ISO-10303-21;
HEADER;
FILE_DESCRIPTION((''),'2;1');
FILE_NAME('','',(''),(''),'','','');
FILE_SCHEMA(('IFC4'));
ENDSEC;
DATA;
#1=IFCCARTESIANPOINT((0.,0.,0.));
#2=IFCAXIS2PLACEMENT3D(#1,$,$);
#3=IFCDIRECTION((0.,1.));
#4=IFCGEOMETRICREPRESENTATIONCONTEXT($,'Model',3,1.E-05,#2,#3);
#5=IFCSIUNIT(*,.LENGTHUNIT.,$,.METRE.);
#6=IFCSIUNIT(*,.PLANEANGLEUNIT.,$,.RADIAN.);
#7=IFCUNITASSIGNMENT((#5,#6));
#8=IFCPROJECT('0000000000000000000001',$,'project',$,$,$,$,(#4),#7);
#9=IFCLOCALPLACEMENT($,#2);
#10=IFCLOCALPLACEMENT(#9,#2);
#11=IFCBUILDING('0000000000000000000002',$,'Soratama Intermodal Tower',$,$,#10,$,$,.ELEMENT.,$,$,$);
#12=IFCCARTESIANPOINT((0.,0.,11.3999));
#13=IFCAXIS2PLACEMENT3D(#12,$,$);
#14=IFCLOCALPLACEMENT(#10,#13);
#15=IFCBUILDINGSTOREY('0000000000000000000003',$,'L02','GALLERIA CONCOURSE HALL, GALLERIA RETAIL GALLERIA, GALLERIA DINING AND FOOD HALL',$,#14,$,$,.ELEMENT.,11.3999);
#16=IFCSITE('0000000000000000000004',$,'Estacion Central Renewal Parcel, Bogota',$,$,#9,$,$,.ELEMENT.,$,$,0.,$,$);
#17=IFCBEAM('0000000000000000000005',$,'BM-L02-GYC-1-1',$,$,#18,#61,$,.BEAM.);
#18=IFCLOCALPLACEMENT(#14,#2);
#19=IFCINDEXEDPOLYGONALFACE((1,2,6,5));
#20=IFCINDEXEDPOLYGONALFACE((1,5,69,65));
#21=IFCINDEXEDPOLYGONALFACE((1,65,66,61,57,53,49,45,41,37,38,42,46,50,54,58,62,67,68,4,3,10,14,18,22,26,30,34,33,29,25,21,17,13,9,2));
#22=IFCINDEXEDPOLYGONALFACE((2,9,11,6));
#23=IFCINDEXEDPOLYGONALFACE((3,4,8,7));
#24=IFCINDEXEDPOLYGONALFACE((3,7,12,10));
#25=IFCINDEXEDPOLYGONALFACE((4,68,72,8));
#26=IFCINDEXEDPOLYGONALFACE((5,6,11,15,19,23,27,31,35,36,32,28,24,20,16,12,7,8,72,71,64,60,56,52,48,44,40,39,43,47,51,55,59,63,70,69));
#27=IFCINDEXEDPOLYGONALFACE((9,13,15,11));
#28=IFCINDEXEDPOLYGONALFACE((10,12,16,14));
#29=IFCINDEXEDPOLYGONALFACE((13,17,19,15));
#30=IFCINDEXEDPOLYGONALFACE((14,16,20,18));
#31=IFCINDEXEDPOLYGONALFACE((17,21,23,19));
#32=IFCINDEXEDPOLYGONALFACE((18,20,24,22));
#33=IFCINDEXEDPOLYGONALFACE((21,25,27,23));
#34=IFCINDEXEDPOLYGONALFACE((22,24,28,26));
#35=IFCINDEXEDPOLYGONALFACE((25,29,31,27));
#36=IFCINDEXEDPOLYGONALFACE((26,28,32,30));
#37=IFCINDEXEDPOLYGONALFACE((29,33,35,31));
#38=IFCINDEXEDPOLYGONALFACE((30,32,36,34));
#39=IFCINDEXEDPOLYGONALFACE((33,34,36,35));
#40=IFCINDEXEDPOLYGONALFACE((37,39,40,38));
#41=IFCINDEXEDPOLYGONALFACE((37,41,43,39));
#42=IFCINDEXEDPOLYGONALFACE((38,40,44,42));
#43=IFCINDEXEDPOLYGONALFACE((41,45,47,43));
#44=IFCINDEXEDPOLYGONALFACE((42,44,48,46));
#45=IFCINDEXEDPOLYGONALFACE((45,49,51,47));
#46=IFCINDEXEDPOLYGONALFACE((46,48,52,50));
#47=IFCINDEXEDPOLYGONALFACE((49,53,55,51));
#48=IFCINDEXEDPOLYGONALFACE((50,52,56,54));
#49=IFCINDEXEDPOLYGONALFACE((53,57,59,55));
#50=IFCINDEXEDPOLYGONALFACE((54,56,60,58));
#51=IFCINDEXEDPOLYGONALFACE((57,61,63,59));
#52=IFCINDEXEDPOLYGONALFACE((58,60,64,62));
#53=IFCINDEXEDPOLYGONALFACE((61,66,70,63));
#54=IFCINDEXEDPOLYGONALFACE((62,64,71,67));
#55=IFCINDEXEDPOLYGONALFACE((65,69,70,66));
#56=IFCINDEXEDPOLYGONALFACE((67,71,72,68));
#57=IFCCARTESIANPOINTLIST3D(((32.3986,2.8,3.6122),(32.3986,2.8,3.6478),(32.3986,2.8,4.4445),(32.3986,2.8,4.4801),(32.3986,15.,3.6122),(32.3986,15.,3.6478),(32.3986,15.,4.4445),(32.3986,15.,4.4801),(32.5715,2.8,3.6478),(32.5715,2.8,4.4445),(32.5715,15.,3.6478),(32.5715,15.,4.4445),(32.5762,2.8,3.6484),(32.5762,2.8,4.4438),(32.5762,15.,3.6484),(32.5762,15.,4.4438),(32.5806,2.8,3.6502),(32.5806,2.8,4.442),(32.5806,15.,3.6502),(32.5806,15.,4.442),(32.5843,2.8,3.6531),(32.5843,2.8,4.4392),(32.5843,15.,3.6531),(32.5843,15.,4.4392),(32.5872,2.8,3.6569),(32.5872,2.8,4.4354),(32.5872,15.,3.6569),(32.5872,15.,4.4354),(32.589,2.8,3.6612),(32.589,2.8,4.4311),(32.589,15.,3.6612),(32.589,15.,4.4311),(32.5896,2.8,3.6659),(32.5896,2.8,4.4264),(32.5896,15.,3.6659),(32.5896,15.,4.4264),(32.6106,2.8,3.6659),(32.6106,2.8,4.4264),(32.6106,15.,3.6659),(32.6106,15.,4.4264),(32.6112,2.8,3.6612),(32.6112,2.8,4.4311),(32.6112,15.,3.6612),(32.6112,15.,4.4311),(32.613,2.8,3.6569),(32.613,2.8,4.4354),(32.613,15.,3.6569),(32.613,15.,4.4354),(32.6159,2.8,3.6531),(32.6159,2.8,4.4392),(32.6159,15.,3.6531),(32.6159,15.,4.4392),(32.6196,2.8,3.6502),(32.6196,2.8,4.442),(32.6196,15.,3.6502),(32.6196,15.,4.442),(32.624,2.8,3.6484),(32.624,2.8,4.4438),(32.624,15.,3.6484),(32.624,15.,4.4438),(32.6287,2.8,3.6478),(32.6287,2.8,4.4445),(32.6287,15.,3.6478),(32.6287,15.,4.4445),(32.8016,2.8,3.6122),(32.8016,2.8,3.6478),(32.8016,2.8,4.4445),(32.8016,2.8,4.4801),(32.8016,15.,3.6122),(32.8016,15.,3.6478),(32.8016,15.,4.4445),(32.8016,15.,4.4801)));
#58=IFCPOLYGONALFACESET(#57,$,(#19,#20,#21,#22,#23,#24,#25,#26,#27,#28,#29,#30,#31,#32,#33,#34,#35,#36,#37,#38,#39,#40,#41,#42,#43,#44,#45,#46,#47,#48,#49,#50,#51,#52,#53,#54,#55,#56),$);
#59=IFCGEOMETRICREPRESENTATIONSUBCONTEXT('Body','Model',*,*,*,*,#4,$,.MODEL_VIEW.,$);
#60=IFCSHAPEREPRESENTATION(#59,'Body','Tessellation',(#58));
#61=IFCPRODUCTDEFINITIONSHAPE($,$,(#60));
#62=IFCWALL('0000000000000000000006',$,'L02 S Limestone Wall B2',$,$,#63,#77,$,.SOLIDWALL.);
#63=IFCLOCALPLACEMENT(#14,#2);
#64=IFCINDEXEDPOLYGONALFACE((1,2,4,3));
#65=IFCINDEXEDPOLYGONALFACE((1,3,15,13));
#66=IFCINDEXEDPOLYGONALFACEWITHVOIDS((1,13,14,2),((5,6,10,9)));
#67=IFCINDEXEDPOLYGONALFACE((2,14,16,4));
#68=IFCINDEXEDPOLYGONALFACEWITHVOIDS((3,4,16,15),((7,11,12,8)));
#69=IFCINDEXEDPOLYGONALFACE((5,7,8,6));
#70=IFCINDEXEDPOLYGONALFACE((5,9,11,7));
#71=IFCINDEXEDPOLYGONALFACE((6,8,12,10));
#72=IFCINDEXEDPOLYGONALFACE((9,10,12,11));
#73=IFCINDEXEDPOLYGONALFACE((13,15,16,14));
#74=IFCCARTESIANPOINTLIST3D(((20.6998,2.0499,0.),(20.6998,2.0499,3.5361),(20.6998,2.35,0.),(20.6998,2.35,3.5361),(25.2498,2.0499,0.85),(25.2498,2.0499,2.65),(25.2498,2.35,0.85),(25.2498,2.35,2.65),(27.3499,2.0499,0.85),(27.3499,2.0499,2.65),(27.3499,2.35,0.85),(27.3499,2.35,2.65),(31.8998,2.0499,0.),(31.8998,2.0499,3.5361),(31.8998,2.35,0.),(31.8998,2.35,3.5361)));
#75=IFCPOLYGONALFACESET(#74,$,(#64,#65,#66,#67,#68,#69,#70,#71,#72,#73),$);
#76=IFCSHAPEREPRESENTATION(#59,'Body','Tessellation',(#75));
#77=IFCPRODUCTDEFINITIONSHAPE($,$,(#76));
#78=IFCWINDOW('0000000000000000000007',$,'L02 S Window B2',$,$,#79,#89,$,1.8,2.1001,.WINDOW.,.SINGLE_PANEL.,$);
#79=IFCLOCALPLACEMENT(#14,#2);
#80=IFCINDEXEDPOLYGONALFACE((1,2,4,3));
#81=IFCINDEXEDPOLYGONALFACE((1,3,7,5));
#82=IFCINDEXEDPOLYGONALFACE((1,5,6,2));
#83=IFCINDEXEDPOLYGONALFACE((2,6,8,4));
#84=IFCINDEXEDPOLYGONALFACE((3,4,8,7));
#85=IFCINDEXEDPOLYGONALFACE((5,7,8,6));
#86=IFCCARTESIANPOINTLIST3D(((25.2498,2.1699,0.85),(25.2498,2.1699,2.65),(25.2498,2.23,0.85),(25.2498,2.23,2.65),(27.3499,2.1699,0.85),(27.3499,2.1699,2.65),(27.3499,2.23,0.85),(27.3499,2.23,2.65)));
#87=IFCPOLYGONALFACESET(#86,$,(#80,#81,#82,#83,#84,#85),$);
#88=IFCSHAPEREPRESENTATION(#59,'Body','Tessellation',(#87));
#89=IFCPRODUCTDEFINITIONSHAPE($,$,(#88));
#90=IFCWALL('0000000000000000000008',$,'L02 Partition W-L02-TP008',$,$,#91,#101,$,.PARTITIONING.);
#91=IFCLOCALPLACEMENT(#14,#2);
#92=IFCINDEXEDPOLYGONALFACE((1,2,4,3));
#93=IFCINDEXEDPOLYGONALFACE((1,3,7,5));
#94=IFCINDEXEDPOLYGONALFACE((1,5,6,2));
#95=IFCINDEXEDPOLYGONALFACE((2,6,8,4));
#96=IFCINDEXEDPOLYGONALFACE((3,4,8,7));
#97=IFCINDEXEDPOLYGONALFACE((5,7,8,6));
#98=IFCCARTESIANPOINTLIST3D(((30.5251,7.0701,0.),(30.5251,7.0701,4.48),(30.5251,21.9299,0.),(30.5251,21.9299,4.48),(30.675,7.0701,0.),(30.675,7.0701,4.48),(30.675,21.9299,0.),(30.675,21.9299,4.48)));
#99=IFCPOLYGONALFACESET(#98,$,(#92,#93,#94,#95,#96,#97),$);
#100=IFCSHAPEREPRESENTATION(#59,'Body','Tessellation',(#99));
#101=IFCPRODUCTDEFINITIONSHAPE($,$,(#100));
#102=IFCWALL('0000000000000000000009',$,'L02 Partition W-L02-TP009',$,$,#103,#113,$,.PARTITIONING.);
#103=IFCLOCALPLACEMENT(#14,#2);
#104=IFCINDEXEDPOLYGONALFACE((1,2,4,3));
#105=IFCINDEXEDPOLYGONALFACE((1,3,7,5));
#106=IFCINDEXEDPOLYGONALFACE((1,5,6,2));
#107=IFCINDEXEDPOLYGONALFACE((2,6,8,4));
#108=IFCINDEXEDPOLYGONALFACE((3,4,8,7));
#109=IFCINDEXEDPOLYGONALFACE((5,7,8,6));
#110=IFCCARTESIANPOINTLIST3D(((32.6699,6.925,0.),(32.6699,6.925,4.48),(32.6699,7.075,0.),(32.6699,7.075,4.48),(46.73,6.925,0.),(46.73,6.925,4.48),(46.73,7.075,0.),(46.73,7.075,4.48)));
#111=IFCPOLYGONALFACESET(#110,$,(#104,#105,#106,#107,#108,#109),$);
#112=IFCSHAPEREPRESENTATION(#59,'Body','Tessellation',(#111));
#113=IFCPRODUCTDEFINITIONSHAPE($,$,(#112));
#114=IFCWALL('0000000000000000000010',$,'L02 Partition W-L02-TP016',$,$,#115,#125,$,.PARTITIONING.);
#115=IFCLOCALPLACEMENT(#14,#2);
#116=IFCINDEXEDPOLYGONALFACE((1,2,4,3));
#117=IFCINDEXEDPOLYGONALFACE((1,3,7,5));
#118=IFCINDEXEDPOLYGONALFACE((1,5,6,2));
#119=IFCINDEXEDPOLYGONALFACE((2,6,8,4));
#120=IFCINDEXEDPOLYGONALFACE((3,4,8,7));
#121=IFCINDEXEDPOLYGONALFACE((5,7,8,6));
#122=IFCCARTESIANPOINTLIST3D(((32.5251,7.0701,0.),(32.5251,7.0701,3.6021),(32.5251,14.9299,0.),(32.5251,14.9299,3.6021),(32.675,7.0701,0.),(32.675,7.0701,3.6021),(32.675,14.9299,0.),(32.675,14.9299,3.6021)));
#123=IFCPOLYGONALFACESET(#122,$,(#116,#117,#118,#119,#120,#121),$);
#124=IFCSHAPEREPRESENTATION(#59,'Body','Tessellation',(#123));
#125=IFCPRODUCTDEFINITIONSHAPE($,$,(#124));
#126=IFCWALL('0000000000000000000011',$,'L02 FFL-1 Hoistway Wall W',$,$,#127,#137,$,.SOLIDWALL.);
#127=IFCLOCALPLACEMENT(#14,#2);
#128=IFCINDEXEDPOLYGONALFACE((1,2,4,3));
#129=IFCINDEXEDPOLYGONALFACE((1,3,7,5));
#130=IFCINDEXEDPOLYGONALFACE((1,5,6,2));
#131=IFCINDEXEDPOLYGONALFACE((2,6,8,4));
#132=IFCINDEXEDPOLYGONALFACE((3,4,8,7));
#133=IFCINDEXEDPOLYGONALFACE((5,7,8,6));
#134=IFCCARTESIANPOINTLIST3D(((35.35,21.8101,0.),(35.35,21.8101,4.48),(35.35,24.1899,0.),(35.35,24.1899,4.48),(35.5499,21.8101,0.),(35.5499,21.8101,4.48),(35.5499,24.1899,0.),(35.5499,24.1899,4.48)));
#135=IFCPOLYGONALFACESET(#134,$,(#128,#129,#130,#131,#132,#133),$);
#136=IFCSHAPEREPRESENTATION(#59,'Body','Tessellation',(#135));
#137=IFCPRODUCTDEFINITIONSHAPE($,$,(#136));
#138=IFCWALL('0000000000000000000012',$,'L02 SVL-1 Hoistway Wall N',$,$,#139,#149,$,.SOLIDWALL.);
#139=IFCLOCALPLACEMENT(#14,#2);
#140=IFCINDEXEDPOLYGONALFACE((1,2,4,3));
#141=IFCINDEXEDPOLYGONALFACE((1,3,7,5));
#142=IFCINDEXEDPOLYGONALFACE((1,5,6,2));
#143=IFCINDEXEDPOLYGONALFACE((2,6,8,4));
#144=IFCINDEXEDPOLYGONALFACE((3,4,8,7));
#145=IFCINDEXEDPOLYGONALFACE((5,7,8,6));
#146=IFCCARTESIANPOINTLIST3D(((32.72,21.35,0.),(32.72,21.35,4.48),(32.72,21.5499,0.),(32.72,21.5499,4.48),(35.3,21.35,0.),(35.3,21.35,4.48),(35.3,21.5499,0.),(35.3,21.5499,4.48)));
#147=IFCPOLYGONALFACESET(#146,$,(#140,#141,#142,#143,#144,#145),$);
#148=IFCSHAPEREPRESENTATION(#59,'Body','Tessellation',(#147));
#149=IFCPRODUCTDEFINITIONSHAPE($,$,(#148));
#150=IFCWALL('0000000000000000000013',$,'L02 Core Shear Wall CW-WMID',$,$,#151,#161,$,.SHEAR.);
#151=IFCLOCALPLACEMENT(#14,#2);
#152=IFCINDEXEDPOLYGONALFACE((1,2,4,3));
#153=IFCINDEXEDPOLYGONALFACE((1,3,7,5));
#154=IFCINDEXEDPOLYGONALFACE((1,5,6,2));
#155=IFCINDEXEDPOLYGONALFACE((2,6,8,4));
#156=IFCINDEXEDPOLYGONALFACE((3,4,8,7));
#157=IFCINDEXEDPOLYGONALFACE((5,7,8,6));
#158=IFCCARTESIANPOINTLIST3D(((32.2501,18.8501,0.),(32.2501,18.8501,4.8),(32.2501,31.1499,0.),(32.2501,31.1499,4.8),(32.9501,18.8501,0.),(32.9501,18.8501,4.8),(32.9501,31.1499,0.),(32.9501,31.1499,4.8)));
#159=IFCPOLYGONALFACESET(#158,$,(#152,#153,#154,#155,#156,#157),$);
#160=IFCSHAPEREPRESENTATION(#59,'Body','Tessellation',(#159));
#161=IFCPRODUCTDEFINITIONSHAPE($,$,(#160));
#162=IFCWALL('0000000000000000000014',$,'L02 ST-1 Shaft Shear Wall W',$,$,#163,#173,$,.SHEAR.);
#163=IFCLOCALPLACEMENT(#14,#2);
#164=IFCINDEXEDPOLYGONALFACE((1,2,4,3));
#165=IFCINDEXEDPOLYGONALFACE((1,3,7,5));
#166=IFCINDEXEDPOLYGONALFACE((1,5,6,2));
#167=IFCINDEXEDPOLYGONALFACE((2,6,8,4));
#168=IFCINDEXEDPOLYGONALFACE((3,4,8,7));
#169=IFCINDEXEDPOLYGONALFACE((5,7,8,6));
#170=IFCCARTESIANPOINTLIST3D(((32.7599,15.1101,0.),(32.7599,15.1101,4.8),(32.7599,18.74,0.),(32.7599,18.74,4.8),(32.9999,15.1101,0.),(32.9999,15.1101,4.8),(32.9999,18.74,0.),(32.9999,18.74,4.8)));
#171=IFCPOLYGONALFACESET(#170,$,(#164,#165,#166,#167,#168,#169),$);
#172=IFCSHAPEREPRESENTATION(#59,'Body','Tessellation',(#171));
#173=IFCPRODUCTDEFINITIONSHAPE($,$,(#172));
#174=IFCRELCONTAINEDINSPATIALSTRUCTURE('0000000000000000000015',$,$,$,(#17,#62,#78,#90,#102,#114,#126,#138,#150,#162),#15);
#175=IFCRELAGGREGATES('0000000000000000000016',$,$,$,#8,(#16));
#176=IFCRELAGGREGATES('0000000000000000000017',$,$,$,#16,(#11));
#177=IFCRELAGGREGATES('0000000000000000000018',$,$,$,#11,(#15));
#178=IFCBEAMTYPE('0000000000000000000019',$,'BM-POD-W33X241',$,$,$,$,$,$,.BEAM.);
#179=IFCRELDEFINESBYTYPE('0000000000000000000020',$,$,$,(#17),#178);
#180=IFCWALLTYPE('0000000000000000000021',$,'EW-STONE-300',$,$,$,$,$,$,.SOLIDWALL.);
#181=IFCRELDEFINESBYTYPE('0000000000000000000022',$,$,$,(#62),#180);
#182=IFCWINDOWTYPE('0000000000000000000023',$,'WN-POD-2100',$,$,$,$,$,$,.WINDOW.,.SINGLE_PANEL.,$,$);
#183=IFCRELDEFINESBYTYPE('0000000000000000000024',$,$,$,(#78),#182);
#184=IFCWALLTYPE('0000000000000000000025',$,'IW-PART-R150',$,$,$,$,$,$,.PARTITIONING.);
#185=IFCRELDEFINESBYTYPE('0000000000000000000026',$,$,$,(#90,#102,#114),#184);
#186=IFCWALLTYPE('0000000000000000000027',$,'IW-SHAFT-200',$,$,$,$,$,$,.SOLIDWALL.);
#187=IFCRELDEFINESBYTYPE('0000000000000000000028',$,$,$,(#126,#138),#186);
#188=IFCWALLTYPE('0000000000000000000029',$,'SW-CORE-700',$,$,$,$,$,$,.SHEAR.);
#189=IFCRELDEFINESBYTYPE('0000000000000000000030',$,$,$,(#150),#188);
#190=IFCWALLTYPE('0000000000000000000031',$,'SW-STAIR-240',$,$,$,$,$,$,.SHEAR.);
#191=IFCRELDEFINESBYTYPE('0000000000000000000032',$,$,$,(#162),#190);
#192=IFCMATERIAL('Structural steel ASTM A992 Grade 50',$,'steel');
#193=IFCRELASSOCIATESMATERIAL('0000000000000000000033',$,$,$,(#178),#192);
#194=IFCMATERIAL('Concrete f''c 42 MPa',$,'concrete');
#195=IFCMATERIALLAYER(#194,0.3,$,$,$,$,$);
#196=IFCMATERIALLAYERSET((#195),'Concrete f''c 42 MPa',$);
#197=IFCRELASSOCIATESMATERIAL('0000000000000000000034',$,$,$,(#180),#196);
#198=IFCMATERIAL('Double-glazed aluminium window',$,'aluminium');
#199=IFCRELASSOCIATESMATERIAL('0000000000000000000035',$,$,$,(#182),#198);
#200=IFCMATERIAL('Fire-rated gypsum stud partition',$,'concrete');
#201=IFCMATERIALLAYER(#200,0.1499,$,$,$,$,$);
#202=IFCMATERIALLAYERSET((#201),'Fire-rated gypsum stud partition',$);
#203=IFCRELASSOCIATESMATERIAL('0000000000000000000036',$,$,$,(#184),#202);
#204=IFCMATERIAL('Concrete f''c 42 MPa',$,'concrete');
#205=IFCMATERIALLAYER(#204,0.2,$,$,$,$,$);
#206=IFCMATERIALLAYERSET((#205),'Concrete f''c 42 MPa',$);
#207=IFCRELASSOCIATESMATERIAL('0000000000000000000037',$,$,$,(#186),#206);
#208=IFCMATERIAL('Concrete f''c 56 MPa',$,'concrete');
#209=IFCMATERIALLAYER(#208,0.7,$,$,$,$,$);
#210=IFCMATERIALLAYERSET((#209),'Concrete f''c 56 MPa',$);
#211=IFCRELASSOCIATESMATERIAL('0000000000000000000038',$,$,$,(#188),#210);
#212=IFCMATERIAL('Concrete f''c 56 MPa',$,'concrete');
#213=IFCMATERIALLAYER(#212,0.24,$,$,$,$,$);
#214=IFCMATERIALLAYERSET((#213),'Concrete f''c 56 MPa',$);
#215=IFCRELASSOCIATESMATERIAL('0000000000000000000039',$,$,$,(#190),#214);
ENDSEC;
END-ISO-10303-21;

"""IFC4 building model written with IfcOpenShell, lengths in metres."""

from ifc_helpers import new_model, si_unit, direction, frame, frame_2d, origin, origin_2d, place, context, subcontext, project, spatial, rectangle, i_section, extrude, material, layer, layer_set, material_profile, profile_set, type_object, element, fill, save


model = new_model("IFC4")

# Units and contexts
model_context = context("Model", 3, precision=1e-05, world=origin(), true_north=direction((0.0, 1.0)))
body_context = subcontext(model_context, "Body", "Model", "MODEL_VIEW")
ifc_project = project(units=[si_unit("LENGTHUNIT", "METRE"), si_unit("PLANEANGLEUNIT", "RADIAN")], contexts=[model_context])

# Site, building, storey
site_placement = place(None, origin())
site = spatial("IfcSite", under=ifc_project, at=site_placement, Name="Estacion Central Renewal Parcel, Bogota", CompositionType="ELEMENT", RefElevation=0.0)
building_placement = place(site_placement, origin())
building = spatial("IfcBuilding", under=site, at=building_placement, Name="Soratama Intermodal Tower", CompositionType="ELEMENT")
storey_placement = place(building_placement, frame((0.0, 0.0, 11.3999)))
storey = spatial("IfcBuildingStorey", under=building, at=storey_placement, Name="L02", Description="GALLERIA CONCOURSE HALL, GALLERIA RETAIL GALLERIA, GALLERIA DINING AND FOOD HALL", CompositionType="ELEMENT", Elevation=11.3999)

# Beam
ifc_material_1 = material(Name="Structural steel ASTM A992 Grade 50", Category="steel")
ifc_material_profile_1 = material_profile(ifc_material_1, i_section(OverallWidth=0.4031, OverallDepth=0.8679, WebThickness=0.021, FlangeThickness=0.0356, FilletRadius=0.0181, at=origin_2d()), Name="W33X241")
ifc_profile_set_1 = profile_set([ifc_material_profile_1], Name="Structural steel ASTM A992 Grade 50")
beam_type_1 = type_object("IfcBeamType", Name="BM-POD-W33X241", PredefinedType="BEAM", material=ifc_profile_set_1)
beam_1_placement = place(storey_placement, frame((32.6001, 2.8, 4.0461), z_axis=(0.0, 1.0, 0.0), x_axis=(-1.0, 0.0, 0.0)))
element("IfcBeam", 1, at=beam_1_placement, inside=storey, type_object=beam_type_1, Name="BM-L02-GYC-1-1", PredefinedType="BEAM", context=body_context, shape_type="SweptSolid", body=[
    extrude(i_section(OverallWidth=0.4031, OverallDepth=0.8679, WebThickness=0.021, FlangeThickness=0.0356, FilletRadius=0.0181, at=origin_2d()), origin(), (0.0, 0.0, 1.0), 12.2),
])

# Wall, opening, window
ifc_material_2 = material(Name="Concrete f'c 42 MPa", Category="concrete")
ifc_layer_1 = layer(ifc_material_2, 0.3)
ifc_layer_set_1 = layer_set([ifc_layer_1], Name="Concrete f'c 42 MPa")
wall_type_1 = type_object("IfcWallType", Name="EW-STONE-300", PredefinedType="SOLIDWALL", material=ifc_layer_set_1)
wall_1_placement = place(storey_placement, frame((31.8999, 2.2, 0.0), z_axis=(0.0, 0.0, 1.0), x_axis=(-1.0, 0.0, 0.0)))
wall_1 = element("IfcWall", 2, at=wall_1_placement, inside=storey, type_object=wall_type_1, Name="L02 S Limestone Wall B2", PredefinedType="SOLIDWALL", context=body_context, shape_type="SweptSolid", body=[
    extrude(rectangle(XDim=11.2, YDim=0.3, at=frame_2d((5.6001, 0.0))), origin(), (0.0, 0.0, 1.0), 3.5361),
])
opening_1_placement = place(wall_1_placement, frame((4.55, 0.0, 0.8501)))
opening_1 = element("IfcOpeningElement", 3, at=opening_1_placement, cuts=wall_1, PredefinedType="OPENING", context=body_context, shape_type="SweptSolid", body=[
    extrude(rectangle(XDim=2.1001, YDim=1.8, at=frame_2d((1.05, 0.8999))), frame((0.0, 0.1599, 0.0), z_axis=(0.0, -1.0, 0.0), x_axis=(1.0, 0.0, 0.0)), (0.0, 0.0, 1.0), 0.3201),
])
ifc_material_3 = material(Name="Double-glazed aluminium window", Category="aluminium")
window_type = type_object("IfcWindowType", Name="WN-POD-2100", PartitioningType="SINGLE_PANEL", PredefinedType="WINDOW", material=ifc_material_3)
window_placement = place(opening_1_placement, origin())
window = element("IfcWindow", 4, at=window_placement, inside=storey, type_object=window_type, Name="L02 S Window B2", OverallHeight=1.8, OverallWidth=2.1001, PartitioningType="SINGLE_PANEL", PredefinedType="WINDOW", context=body_context, shape_type="SweptSolid", body=[
    extrude(rectangle(XDim=2.1001, YDim=1.8, at=frame_2d((1.05, 0.8999))), frame((0.0, 0.03, 0.0), z_axis=(0.0, -1.0, 0.0), x_axis=(1.0, 0.0, 0.0)), (0.0, 0.0, 1.0), 0.0601),
])
fill(opening_1, window)

# Walls
ifc_material_4 = material(Name="Fire-rated gypsum stud partition", Category="concrete")
ifc_layer_2 = layer(ifc_material_4, 0.1499)
ifc_layer_set_2 = layer_set([ifc_layer_2], Name="Fire-rated gypsum stud partition")
wall_type_2 = type_object("IfcWallType", Name="IW-PART-R150", PredefinedType="PARTITIONING", material=ifc_layer_set_2)
wall_2_placement = place(storey_placement, frame((30.6001, 7.0701, 0.0), z_axis=(0.0, 0.0, 1.0), x_axis=(0.0, 1.0, 0.0)))
element("IfcWall", 5, at=wall_2_placement, inside=storey, type_object=wall_type_2, Name="L02 Partition W-L02-TP008", PredefinedType="PARTITIONING", context=body_context, shape_type="SweptSolid", body=[
    extrude(rectangle(XDim=14.8599, YDim=0.1499, at=frame_2d((7.4299, 0.0))), origin(), (0.0, 0.0, 1.0), 4.48),
])
wall_3_placement = place(storey_placement, frame((32.6699, 7.0, 0.0), z_axis=(0.0, 0.0, 1.0), x_axis=(1.0, 0.0, 0.0)))
element("IfcWall", 6, at=wall_3_placement, inside=storey, type_object=wall_type_2, Name="L02 Partition W-L02-TP009", PredefinedType="PARTITIONING", context=body_context, shape_type="SweptSolid", body=[
    extrude(rectangle(XDim=14.0601, YDim=0.1499, at=frame_2d((7.03, 0.0))), origin(), (0.0, 0.0, 1.0), 4.48),
])
wall_4_placement = place(storey_placement, frame((32.6001, 14.9299, 0.0), z_axis=(0.0, 0.0, 1.0), x_axis=(0.0, -1.0, 0.0)))
element("IfcWall", 7, at=wall_4_placement, inside=storey, type_object=wall_type_2, Name="L02 Partition W-L02-TP016", PredefinedType="PARTITIONING", context=body_context, shape_type="SweptSolid", body=[
    extrude(rectangle(XDim=7.8599, YDim=0.1499, at=frame_2d((3.9299, 0.0))), origin(), (0.0, 0.0, 1.0), 3.6021),
])

# Shared definitions
ifc_material_5 = material(Name="Concrete f'c 42 MPa", Category="concrete")
ifc_layer_3 = layer(ifc_material_5, 0.2)
ifc_layer_set_3 = layer_set([ifc_layer_3], Name="Concrete f'c 42 MPa")
wall_type_3 = type_object("IfcWallType", Name="IW-SHAFT-200", PredefinedType="SOLIDWALL", material=ifc_layer_set_3)

# Walls
wall_5_placement = place(storey_placement, frame((35.45, 21.8101, 0.0), z_axis=(0.0, 0.0, 1.0), x_axis=(0.0, 1.0, 0.0)))
element("IfcWall", 8, at=wall_5_placement, inside=storey, type_object=wall_type_3, Name="L02 FFL-1 Hoistway Wall W", PredefinedType="SOLIDWALL", context=body_context, shape_type="SweptSolid", body=[
    extrude(rectangle(XDim=2.3799, YDim=0.2, at=frame_2d((1.1899, 0.0))), origin(), (0.0, 0.0, 1.0), 4.48),
])
wall_6_placement = place(storey_placement, frame((32.72, 21.45, 0.0), z_axis=(0.0, 0.0, 1.0), x_axis=(1.0, 0.0, 0.0)))
element("IfcWall", 9, at=wall_6_placement, inside=storey, type_object=wall_type_3, Name="L02 SVL-1 Hoistway Wall N", PredefinedType="SOLIDWALL", context=body_context, shape_type="SweptSolid", body=[
    extrude(rectangle(XDim=2.5801, YDim=0.2, at=frame_2d((1.29, 0.0))), origin(), (0.0, 0.0, 1.0), 4.48),
])

# Walls
ifc_material_6 = material(Name="Concrete f'c 56 MPa", Category="concrete")
ifc_layer_4 = layer(ifc_material_6, 0.7)
ifc_layer_set_4 = layer_set([ifc_layer_4], Name="Concrete f'c 56 MPa")
wall_type_4 = type_object("IfcWallType", Name="SW-CORE-700", PredefinedType="SHEAR", material=ifc_layer_set_4)
wall_7_placement = place(storey_placement, frame((32.6001, 18.8501, 0.0), z_axis=(0.0, 0.0, 1.0), x_axis=(0.0, 1.0, 0.0)))
element("IfcWall", 10, at=wall_7_placement, inside=storey, type_object=wall_type_4, Name="L02 Core Shear Wall CW-WMID", PredefinedType="SHEAR", context=body_context, shape_type="SweptSolid", body=[
    extrude(rectangle(XDim=12.2998, YDim=0.7, at=frame_2d((6.1499, 0.0))), origin(), (0.0, 0.0, 1.0), 4.8),
])
ifc_material_7 = material(Name="Concrete f'c 56 MPa", Category="concrete")
ifc_layer_5 = layer(ifc_material_7, 0.24)
ifc_layer_set_5 = layer_set([ifc_layer_5], Name="Concrete f'c 56 MPa")
wall_type_5 = type_object("IfcWallType", Name="SW-STAIR-240", PredefinedType="SHEAR", material=ifc_layer_set_5)
wall_8_placement = place(storey_placement, frame((32.8799, 15.1101, 0.0), z_axis=(0.0, 0.0, 1.0), x_axis=(0.0, 1.0, 0.0)))
element("IfcWall", 11, at=wall_8_placement, inside=storey, type_object=wall_type_5, Name="L02 ST-1 Shaft Shear Wall W", PredefinedType="SHEAR", context=body_context, shape_type="SweptSolid", body=[
    extrude(rectangle(XDim=3.6299, YDim=0.24, at=frame_2d((1.8149, 0.0))), origin(), (0.0, 0.0, 1.0), 4.8),
])

save(model, "model.ifc")
